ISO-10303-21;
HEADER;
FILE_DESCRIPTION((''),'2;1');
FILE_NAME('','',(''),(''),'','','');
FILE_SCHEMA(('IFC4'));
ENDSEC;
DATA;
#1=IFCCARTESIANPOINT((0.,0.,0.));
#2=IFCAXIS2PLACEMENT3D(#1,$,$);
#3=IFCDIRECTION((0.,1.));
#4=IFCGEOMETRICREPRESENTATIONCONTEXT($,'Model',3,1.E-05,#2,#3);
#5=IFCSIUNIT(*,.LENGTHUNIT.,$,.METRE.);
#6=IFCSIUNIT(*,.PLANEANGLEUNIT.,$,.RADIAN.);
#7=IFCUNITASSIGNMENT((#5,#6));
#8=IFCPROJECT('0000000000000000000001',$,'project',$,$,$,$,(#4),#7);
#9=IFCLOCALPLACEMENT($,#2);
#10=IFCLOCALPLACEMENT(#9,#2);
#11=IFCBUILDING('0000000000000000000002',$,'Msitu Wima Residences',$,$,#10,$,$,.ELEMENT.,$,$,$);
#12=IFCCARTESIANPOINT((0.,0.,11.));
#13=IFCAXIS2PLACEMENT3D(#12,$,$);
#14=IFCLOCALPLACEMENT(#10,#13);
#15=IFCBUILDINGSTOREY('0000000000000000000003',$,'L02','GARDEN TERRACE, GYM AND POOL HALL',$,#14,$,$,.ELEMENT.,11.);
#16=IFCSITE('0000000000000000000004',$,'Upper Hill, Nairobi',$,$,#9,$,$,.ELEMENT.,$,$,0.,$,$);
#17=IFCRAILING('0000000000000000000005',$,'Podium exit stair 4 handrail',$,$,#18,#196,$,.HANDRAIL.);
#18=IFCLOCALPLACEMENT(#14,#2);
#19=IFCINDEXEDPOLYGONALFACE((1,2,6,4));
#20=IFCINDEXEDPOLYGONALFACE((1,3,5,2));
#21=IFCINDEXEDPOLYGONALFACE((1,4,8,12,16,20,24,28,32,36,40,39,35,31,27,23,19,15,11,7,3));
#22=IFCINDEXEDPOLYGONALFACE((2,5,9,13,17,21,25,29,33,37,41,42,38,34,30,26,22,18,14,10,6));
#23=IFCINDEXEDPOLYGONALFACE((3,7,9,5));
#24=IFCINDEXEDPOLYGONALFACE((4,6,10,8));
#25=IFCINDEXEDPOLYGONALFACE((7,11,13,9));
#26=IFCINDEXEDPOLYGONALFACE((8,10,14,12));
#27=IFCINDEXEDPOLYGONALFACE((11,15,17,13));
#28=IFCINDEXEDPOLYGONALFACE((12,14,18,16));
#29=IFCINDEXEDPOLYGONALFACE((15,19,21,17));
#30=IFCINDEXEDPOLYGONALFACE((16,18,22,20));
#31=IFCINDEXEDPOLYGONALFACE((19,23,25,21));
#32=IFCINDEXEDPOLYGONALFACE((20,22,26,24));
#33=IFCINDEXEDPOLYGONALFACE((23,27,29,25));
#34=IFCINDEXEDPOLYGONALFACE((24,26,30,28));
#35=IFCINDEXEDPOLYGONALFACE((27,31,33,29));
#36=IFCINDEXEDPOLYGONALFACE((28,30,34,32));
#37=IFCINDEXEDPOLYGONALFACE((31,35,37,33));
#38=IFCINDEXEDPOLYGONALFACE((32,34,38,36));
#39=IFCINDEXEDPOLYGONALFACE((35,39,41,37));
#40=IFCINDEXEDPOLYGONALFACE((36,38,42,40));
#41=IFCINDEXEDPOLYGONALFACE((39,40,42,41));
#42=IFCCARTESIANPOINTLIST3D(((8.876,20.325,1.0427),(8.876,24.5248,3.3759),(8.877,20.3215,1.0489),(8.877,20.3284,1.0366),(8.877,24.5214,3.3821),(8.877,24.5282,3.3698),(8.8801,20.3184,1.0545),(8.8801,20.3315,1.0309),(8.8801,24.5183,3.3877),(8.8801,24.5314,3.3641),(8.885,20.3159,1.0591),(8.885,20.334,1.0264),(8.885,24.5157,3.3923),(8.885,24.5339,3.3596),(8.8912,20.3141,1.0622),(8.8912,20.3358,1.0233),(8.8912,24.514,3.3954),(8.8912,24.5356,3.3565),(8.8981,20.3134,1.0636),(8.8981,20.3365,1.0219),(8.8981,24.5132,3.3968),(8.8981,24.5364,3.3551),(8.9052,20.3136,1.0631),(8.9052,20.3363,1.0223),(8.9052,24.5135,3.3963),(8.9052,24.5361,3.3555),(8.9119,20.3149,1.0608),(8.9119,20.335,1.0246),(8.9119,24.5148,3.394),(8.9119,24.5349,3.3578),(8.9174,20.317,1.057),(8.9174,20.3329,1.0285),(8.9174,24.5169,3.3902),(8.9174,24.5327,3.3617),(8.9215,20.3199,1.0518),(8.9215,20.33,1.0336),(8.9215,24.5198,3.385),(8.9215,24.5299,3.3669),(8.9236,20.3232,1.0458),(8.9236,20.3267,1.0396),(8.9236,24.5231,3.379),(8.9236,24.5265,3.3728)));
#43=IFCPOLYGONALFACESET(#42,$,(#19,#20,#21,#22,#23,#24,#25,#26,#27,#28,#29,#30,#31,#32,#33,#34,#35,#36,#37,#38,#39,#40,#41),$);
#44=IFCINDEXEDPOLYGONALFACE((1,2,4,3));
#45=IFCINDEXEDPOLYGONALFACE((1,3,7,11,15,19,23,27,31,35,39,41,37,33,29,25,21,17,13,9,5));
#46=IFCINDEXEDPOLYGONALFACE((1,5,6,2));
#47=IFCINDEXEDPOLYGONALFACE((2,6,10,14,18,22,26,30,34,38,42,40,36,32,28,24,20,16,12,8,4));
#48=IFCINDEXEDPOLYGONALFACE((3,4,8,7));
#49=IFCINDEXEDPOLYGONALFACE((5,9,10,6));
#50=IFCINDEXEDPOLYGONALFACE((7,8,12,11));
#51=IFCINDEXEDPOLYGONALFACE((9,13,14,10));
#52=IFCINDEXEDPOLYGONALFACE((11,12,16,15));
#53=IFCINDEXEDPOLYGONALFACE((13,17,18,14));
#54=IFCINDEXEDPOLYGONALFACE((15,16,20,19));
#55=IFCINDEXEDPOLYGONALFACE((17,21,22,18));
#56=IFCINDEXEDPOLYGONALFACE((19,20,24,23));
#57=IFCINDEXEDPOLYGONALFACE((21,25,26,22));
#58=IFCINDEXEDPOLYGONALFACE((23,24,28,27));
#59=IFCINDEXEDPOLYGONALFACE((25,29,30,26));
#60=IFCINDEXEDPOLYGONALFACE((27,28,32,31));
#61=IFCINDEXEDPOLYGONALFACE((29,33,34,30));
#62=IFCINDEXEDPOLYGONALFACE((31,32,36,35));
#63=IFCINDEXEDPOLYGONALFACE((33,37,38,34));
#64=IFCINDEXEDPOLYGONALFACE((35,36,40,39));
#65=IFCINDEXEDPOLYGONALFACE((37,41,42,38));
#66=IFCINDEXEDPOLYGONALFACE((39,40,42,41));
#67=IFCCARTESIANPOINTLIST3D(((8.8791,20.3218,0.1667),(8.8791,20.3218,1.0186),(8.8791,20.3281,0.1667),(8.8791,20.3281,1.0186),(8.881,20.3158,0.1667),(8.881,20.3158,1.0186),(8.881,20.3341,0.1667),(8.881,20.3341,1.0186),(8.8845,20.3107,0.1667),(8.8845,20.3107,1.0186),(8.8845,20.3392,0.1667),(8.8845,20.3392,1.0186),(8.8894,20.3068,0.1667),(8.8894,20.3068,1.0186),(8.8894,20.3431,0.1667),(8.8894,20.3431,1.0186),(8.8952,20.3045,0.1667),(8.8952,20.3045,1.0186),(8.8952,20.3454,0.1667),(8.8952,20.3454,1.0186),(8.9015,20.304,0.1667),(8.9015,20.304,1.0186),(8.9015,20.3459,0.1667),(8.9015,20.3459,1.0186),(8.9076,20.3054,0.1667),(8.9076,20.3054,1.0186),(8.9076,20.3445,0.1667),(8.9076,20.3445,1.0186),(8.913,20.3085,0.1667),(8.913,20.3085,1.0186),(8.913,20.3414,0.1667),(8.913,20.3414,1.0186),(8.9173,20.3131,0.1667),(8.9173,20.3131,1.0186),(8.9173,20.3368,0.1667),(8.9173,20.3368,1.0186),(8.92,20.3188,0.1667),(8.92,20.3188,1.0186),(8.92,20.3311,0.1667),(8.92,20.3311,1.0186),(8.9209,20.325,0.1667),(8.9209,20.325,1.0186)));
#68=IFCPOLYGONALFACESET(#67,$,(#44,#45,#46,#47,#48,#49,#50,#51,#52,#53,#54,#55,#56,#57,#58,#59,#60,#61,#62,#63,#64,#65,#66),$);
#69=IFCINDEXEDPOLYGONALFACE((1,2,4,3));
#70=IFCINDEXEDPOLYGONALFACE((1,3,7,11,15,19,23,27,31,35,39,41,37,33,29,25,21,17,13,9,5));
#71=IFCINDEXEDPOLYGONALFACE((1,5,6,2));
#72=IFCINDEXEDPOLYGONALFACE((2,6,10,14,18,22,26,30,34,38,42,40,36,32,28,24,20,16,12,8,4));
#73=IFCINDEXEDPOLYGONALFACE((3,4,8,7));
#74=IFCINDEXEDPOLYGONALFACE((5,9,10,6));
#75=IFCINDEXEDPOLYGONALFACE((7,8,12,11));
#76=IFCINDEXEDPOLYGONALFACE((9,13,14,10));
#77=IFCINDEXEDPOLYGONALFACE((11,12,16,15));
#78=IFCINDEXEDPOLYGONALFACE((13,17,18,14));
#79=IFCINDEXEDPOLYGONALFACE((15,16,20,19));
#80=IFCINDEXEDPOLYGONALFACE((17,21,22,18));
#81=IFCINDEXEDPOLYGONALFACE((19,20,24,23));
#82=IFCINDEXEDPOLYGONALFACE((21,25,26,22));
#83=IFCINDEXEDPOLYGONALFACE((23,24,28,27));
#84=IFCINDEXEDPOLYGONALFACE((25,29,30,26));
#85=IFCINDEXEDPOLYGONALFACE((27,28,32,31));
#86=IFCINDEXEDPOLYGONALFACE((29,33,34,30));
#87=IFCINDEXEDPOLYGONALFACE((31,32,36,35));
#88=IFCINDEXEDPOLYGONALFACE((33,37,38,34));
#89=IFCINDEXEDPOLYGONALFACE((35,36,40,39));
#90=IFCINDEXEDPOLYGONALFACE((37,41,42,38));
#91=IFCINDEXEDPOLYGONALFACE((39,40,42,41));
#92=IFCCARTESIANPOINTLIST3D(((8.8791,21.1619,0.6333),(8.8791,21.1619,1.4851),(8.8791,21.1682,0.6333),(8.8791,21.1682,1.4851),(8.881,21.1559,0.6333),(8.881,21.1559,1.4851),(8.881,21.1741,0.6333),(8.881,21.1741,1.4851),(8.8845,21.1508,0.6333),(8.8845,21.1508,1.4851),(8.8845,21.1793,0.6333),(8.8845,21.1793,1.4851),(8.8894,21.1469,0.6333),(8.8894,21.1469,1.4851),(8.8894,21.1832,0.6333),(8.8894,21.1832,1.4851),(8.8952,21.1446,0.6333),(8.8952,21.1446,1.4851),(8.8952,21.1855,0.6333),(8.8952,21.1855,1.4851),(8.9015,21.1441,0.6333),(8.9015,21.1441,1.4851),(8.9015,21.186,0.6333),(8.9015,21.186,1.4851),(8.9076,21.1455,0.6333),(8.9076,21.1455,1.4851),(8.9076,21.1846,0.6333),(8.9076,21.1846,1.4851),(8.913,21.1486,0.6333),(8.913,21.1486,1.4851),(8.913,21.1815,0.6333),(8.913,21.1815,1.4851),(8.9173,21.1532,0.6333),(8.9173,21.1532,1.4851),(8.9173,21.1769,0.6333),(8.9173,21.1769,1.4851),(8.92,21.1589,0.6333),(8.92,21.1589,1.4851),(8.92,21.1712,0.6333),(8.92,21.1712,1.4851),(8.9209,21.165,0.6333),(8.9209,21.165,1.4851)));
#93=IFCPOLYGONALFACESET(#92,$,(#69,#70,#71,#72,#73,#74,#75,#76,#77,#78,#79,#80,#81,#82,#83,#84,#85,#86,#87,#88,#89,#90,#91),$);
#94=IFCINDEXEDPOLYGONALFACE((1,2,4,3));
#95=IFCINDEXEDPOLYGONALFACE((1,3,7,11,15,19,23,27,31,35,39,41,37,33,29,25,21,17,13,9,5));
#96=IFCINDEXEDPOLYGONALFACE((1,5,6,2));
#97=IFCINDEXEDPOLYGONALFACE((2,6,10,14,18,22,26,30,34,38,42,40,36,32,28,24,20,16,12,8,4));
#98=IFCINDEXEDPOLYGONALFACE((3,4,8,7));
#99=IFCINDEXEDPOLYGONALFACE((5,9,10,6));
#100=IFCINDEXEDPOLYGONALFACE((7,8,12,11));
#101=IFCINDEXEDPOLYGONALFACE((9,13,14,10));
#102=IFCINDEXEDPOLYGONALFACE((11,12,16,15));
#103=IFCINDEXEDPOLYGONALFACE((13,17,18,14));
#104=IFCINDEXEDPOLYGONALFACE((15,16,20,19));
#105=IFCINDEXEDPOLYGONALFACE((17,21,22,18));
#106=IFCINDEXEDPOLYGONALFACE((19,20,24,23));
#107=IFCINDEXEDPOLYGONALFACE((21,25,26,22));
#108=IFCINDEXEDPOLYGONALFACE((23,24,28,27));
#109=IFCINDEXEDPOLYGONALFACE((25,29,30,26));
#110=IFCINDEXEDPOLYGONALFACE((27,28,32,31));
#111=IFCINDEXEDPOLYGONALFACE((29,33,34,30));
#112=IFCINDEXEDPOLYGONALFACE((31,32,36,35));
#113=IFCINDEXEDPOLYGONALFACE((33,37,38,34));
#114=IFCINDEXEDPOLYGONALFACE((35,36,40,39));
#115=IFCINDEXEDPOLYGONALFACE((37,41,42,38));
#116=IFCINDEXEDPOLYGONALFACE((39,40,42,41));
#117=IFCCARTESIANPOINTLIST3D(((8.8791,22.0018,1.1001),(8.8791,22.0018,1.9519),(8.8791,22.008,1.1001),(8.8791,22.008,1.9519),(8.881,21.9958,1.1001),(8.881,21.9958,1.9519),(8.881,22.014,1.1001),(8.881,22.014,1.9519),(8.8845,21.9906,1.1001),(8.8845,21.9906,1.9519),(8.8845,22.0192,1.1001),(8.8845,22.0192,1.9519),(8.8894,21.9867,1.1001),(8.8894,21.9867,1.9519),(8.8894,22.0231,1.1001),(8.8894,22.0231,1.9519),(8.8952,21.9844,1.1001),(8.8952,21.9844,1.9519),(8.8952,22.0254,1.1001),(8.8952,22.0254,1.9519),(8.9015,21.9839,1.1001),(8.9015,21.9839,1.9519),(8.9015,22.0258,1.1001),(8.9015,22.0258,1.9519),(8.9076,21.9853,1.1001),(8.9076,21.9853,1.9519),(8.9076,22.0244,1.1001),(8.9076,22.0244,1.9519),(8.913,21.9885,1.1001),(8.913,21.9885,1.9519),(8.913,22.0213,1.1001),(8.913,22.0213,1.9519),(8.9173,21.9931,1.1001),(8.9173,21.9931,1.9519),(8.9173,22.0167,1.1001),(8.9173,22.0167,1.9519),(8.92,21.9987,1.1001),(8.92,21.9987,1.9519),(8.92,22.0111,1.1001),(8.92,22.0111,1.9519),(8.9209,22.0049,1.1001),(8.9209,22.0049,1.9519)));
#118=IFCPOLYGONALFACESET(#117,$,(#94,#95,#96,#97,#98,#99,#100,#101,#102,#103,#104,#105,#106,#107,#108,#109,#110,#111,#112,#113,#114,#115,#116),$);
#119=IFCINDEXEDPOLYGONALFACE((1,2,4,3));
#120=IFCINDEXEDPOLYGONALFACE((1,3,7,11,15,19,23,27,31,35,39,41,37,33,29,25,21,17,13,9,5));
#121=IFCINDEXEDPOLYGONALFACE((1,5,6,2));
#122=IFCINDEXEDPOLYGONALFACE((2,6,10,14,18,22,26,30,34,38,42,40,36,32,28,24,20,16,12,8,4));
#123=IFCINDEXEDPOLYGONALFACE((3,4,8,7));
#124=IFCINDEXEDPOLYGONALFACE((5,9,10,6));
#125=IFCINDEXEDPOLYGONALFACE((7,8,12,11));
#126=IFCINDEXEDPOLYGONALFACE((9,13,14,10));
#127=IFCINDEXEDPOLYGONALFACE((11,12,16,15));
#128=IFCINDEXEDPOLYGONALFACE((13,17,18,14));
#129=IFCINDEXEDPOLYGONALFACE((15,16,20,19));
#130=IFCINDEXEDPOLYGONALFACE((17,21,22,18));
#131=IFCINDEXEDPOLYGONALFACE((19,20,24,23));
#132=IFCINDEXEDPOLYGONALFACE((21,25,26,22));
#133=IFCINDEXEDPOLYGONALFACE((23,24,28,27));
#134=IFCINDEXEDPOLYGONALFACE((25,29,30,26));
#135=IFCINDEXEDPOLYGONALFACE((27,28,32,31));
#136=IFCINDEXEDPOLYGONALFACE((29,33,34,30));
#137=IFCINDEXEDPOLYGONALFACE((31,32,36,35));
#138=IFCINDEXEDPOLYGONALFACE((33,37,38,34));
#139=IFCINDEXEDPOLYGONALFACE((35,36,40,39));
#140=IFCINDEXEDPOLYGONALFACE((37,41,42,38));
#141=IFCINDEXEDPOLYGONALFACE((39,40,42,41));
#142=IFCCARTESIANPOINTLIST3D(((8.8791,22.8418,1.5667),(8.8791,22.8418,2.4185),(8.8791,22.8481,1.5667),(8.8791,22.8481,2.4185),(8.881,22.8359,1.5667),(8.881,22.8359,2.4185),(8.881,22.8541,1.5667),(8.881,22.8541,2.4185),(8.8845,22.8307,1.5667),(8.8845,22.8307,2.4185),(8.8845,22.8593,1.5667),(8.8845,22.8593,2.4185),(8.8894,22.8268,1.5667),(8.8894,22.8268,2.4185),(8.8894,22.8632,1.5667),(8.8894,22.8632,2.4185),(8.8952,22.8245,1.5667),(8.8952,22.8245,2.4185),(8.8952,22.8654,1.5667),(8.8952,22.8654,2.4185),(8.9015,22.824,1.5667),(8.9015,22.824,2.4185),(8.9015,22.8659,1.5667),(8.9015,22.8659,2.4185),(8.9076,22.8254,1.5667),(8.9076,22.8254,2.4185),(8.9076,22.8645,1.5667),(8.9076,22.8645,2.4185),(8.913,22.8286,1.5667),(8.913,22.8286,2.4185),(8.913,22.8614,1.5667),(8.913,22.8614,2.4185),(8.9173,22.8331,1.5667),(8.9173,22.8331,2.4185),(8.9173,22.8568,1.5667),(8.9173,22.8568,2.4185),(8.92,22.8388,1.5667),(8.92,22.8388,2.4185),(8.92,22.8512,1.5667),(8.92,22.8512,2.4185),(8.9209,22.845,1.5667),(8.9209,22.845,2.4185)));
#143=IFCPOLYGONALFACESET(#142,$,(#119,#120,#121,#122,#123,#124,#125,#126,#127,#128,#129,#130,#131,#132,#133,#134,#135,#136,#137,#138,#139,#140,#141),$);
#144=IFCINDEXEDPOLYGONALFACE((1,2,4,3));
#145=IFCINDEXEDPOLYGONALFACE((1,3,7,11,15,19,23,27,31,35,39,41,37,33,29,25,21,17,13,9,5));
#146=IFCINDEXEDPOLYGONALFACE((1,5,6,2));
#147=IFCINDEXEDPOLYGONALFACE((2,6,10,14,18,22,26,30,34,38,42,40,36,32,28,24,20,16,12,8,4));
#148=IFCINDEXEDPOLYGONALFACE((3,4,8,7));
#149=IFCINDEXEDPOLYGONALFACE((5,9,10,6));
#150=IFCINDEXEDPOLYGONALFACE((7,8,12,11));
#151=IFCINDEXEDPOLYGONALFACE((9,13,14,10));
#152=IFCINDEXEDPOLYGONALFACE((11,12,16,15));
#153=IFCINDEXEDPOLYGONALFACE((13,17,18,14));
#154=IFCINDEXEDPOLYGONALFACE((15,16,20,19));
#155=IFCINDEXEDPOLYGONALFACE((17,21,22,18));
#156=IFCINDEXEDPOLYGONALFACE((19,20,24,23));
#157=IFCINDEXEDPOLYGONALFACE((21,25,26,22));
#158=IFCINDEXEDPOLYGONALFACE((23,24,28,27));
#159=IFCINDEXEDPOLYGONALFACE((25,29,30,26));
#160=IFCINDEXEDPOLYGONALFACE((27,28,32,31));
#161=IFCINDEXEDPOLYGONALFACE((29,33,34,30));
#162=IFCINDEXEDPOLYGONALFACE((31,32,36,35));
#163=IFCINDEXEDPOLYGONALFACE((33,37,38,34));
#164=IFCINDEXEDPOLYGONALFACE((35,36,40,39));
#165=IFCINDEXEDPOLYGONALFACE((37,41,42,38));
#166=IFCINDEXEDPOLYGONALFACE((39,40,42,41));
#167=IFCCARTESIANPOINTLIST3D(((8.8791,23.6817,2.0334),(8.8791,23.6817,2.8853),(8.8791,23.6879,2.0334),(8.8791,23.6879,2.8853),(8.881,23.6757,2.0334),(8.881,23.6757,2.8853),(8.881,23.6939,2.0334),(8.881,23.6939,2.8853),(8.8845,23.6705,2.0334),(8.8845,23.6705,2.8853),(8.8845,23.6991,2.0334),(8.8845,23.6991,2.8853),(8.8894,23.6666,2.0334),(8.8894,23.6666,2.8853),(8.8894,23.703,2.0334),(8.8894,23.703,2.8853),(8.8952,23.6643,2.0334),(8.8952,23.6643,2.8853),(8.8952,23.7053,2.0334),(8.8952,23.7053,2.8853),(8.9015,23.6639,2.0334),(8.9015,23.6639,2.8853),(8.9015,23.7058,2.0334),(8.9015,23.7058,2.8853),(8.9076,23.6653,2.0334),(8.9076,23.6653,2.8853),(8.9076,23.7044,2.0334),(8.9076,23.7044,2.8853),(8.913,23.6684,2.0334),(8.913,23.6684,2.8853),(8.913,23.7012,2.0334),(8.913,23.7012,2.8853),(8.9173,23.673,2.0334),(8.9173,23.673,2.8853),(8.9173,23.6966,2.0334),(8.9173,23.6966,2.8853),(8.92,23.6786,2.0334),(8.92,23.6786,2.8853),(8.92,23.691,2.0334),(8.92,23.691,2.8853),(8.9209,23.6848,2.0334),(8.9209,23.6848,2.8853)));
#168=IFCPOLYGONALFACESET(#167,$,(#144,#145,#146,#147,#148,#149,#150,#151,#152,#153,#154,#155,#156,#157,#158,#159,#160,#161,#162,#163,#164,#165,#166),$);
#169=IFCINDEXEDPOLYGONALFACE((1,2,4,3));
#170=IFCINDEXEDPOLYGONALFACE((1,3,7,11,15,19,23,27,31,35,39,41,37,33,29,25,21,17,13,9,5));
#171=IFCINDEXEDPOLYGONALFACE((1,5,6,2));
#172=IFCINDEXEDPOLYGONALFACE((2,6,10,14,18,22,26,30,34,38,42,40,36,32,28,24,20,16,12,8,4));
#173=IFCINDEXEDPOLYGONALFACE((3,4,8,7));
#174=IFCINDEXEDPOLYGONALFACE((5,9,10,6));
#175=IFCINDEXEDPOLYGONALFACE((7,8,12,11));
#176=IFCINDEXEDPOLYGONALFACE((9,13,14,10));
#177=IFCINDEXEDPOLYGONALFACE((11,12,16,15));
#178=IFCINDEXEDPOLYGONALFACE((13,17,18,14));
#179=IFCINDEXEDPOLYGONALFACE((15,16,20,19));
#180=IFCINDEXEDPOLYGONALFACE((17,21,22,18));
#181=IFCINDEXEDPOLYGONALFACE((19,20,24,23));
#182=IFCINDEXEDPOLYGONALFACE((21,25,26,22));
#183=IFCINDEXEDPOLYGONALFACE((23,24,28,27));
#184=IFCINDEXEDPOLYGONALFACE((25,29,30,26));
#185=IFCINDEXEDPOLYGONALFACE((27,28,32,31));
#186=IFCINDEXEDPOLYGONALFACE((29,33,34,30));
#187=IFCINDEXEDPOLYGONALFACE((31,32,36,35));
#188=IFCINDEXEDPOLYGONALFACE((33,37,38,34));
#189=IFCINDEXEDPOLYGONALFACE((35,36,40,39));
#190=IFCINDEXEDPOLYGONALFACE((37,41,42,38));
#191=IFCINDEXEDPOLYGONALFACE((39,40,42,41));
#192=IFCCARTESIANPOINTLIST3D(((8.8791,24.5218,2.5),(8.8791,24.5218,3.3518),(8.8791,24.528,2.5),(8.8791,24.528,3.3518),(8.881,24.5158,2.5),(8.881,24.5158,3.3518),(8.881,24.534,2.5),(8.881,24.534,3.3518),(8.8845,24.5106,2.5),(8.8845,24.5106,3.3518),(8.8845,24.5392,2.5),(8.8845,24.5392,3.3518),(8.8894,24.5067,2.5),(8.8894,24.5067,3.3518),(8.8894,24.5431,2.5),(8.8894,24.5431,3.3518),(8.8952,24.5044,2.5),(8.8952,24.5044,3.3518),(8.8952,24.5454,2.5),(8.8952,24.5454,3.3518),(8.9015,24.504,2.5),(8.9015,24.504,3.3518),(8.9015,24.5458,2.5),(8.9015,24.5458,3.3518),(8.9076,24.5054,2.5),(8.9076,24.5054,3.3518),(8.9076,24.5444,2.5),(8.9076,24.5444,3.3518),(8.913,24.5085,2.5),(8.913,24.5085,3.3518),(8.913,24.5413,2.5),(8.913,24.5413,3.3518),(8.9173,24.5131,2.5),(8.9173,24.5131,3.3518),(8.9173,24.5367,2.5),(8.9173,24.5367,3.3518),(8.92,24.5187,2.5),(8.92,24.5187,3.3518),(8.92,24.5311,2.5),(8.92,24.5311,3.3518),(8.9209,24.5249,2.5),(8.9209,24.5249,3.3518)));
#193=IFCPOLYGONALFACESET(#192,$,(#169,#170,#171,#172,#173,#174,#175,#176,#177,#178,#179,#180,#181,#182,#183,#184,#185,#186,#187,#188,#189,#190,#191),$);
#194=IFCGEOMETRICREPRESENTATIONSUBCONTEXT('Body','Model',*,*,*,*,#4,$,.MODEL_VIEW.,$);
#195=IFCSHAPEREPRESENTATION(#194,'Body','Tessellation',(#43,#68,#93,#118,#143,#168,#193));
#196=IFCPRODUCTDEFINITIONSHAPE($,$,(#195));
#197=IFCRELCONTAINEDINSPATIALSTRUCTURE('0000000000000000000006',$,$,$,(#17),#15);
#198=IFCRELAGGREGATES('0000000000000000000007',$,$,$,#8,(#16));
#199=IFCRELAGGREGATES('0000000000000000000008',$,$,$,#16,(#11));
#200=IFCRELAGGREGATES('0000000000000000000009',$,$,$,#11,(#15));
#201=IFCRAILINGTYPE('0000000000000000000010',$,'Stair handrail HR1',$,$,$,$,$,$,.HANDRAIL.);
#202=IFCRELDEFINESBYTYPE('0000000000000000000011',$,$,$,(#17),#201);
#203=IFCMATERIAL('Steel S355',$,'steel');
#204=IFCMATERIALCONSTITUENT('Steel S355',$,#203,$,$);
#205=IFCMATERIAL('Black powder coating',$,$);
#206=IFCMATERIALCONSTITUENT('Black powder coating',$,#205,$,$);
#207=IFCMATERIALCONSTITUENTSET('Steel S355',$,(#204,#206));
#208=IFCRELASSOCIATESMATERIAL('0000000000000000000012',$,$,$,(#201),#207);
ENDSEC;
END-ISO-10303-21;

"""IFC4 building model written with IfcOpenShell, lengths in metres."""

from ifc_helpers import new_model, si_unit, direction, frame, origin, origin_2d, place, context, subcontext, project, spatial, circle, extrude, material, constituent, constituent_set, type_object, element, save


model = new_model("IFC4")

# Units and contexts
model_context = context("Model", 3, precision=1e-05, world=origin(), true_north=direction((0.0, 1.0)))
body_context = subcontext(model_context, "Body", "Model", "MODEL_VIEW")
ifc_project = project(units=[si_unit("LENGTHUNIT", "METRE"), si_unit("PLANEANGLEUNIT", "RADIAN")], contexts=[model_context])

# Site, building, storey
site_placement = place(None, origin())
site = spatial("IfcSite", under=ifc_project, at=site_placement, Name="Upper Hill, Nairobi", CompositionType="ELEMENT", RefElevation=0.0)
building_placement = place(site_placement, origin())
building = spatial("IfcBuilding", under=site, at=building_placement, Name="Msitu Wima Residences", CompositionType="ELEMENT")
storey_placement = place(building_placement, frame((0.0, 0.0, 11.0)))
storey = spatial("IfcBuildingStorey", under=building, at=storey_placement, Name="L02", Description="GARDEN TERRACE, GYM AND POOL HALL", CompositionType="ELEMENT", Elevation=11.0)

# Railing
ifc_material_1 = material(Name="Steel S355", Category="steel")
ifc_constituent_1 = constituent(ifc_material_1, Name="Steel S355")
ifc_material_2 = material(Name="Black powder coating")
ifc_constituent_2 = constituent(ifc_material_2, Name="Black powder coating")
ifc_constituent_set = constituent_set(constituents=[ifc_constituent_1, ifc_constituent_2], Name="Steel S355")
railing_type = type_object("IfcRailingType", Name="Stair handrail HR1", PredefinedType="HANDRAIL", material=ifc_constituent_set)
for number, where, name in (
    (1, (8.8999, 20.325, 0.1667), "Podium exit stair 4 handrail"),
):
    element("IfcRailing", number, at=place(storey_placement, frame(where)), inside=storey, type_object=railing_type, Name=name, PredefinedType="HANDRAIL", context=body_context, shape_type="SweptSolid", body=[
        extrude(circle(Radius=0.0239, at=origin_2d()), frame((0.0, 0.0, 0.876), z_axis=(0.0, 0.874162, 0.485634), x_axis=(-1.0, 0.0, 0.0)), (0.0, 0.0, 1.0), 4.8044),
        extrude(circle(Radius=0.021, at=origin_2d()), origin(), (0.0, 0.0, 1.0), 0.8518),
        extrude(circle(Radius=0.021, at=origin_2d()), frame((0.0, 0.8401, 0.4666)), (0.0, 0.0, 1.0), 0.8518),
        extrude(circle(Radius=0.021, at=origin_2d()), frame((0.0, 1.6799, 0.9333)), (0.0, 0.0, 1.0), 0.8518),
        extrude(circle(Radius=0.021, at=origin_2d()), frame((0.0, 2.52, 1.3999)), (0.0, 0.0, 1.0), 0.8518),
        extrude(circle(Radius=0.021, at=origin_2d()), frame((0.0, 3.3599, 1.8667)), (0.0, 0.0, 1.0), 0.8518),
        extrude(circle(Radius=0.021, at=origin_2d()), frame((0.0, 4.2, 2.3333)), (0.0, 0.0, 1.0), 0.8518),
    ])

save(model, "model.ifc")
